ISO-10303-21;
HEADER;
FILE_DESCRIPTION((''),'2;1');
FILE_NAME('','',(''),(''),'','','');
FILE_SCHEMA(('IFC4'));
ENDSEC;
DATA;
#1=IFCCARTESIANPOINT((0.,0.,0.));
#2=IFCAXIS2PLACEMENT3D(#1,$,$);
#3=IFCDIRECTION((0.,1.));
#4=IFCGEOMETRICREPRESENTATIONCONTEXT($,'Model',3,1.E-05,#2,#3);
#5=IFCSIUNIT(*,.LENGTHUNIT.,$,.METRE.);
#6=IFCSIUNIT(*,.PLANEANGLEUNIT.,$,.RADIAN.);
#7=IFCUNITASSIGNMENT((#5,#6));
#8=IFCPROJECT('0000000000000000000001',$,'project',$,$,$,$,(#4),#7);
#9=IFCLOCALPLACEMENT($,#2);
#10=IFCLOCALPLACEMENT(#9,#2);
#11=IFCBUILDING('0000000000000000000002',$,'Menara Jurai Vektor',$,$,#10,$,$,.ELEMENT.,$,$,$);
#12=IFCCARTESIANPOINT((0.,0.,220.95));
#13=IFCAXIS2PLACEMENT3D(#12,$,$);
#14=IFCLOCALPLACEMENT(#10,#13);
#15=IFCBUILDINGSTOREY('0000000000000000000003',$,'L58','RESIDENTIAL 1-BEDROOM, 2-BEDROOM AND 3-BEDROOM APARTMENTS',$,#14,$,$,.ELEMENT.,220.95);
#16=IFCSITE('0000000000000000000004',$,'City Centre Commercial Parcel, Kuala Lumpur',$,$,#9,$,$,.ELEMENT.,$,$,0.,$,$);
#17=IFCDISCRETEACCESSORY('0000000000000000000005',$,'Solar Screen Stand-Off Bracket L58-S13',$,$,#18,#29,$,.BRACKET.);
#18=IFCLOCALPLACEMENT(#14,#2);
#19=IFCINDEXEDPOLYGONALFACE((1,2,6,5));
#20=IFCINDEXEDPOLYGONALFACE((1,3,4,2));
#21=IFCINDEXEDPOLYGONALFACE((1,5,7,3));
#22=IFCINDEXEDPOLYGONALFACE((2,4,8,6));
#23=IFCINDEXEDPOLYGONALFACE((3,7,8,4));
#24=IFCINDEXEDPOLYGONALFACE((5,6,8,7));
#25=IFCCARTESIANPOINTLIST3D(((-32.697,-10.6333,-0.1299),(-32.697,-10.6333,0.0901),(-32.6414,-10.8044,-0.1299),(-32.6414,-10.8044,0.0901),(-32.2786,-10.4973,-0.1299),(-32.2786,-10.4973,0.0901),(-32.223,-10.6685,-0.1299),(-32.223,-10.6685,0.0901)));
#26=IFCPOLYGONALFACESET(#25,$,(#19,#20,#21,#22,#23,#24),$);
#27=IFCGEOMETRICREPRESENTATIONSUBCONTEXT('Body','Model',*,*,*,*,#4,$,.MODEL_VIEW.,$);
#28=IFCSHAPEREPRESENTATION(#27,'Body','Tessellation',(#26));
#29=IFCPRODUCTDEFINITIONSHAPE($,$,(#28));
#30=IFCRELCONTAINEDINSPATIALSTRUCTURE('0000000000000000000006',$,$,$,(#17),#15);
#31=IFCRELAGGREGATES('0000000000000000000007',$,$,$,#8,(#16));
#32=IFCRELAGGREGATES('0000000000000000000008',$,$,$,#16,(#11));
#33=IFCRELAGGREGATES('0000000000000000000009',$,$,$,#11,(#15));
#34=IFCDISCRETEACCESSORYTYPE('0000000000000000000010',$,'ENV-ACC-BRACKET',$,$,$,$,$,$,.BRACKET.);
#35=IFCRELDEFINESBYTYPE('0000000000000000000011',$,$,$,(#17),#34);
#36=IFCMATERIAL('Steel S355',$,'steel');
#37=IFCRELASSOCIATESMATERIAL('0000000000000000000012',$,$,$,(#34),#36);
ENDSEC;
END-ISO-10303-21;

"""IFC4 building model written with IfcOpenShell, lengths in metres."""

from ifc_helpers import new_model, si_unit, direction, frame, origin, origin_2d, place, context, subcontext, project, spatial, rectangle, extrude, material, type_object, element, save


model = new_model("IFC4")

# Units and contexts
model_context = context("Model", 3, precision=1e-05, world=origin(), true_north=direction((0.0, 1.0)))
body_context = subcontext(model_context, "Body", "Model", "MODEL_VIEW")
ifc_project = project(units=[si_unit("LENGTHUNIT", "METRE"), si_unit("PLANEANGLEUNIT", "RADIAN")], contexts=[model_context])

# Site, building, storey
site_placement = place(None, origin())
site = spatial("IfcSite", under=ifc_project, at=site_placement, Name="City Centre Commercial Parcel, Kuala Lumpur", CompositionType="ELEMENT", RefElevation=0.0)
building_placement = place(site_placement, origin())
building = spatial("IfcBuilding", under=site, at=building_placement, Name="Menara Jurai Vektor", CompositionType="ELEMENT")
storey_placement = place(building_placement, frame((0.0, 0.0, 220.95)))
storey = spatial("IfcBuildingStorey", under=building, at=storey_placement, Name="L58", Description="RESIDENTIAL 1-BEDROOM, 2-BEDROOM AND 3-BEDROOM APARTMENTS", CompositionType="ELEMENT", Elevation=220.95)

# Shared definitions
ifc_material_1 = material(Name="Steel S355", Category="steel")

# Discrete accessory
discrete_accessory_type = type_object("IfcDiscreteAccessoryType", Name="ENV-ACC-BRACKET", PredefinedType="BRACKET", material=ifc_material_1)
discrete_accessory_placement = place(storey_placement, frame((-32.46, -10.6509, -0.1299), z_axis=(0.0, 0.0, 1.0), x_axis=(0.309017, -0.951057, 0.0)))
element("IfcDiscreteAccessory", 1, at=discrete_accessory_placement, inside=storey, type_object=discrete_accessory_type, Name="Solar Screen Stand-Off Bracket L58-S13", PredefinedType="BRACKET", context=body_context, shape_type="SweptSolid", body=[
    extrude(rectangle(XDim=0.1799, YDim=0.4399, at=origin_2d()), origin(), (0.0, 0.0, 1.0), 0.22),
])

save(model, "model.ifc")
